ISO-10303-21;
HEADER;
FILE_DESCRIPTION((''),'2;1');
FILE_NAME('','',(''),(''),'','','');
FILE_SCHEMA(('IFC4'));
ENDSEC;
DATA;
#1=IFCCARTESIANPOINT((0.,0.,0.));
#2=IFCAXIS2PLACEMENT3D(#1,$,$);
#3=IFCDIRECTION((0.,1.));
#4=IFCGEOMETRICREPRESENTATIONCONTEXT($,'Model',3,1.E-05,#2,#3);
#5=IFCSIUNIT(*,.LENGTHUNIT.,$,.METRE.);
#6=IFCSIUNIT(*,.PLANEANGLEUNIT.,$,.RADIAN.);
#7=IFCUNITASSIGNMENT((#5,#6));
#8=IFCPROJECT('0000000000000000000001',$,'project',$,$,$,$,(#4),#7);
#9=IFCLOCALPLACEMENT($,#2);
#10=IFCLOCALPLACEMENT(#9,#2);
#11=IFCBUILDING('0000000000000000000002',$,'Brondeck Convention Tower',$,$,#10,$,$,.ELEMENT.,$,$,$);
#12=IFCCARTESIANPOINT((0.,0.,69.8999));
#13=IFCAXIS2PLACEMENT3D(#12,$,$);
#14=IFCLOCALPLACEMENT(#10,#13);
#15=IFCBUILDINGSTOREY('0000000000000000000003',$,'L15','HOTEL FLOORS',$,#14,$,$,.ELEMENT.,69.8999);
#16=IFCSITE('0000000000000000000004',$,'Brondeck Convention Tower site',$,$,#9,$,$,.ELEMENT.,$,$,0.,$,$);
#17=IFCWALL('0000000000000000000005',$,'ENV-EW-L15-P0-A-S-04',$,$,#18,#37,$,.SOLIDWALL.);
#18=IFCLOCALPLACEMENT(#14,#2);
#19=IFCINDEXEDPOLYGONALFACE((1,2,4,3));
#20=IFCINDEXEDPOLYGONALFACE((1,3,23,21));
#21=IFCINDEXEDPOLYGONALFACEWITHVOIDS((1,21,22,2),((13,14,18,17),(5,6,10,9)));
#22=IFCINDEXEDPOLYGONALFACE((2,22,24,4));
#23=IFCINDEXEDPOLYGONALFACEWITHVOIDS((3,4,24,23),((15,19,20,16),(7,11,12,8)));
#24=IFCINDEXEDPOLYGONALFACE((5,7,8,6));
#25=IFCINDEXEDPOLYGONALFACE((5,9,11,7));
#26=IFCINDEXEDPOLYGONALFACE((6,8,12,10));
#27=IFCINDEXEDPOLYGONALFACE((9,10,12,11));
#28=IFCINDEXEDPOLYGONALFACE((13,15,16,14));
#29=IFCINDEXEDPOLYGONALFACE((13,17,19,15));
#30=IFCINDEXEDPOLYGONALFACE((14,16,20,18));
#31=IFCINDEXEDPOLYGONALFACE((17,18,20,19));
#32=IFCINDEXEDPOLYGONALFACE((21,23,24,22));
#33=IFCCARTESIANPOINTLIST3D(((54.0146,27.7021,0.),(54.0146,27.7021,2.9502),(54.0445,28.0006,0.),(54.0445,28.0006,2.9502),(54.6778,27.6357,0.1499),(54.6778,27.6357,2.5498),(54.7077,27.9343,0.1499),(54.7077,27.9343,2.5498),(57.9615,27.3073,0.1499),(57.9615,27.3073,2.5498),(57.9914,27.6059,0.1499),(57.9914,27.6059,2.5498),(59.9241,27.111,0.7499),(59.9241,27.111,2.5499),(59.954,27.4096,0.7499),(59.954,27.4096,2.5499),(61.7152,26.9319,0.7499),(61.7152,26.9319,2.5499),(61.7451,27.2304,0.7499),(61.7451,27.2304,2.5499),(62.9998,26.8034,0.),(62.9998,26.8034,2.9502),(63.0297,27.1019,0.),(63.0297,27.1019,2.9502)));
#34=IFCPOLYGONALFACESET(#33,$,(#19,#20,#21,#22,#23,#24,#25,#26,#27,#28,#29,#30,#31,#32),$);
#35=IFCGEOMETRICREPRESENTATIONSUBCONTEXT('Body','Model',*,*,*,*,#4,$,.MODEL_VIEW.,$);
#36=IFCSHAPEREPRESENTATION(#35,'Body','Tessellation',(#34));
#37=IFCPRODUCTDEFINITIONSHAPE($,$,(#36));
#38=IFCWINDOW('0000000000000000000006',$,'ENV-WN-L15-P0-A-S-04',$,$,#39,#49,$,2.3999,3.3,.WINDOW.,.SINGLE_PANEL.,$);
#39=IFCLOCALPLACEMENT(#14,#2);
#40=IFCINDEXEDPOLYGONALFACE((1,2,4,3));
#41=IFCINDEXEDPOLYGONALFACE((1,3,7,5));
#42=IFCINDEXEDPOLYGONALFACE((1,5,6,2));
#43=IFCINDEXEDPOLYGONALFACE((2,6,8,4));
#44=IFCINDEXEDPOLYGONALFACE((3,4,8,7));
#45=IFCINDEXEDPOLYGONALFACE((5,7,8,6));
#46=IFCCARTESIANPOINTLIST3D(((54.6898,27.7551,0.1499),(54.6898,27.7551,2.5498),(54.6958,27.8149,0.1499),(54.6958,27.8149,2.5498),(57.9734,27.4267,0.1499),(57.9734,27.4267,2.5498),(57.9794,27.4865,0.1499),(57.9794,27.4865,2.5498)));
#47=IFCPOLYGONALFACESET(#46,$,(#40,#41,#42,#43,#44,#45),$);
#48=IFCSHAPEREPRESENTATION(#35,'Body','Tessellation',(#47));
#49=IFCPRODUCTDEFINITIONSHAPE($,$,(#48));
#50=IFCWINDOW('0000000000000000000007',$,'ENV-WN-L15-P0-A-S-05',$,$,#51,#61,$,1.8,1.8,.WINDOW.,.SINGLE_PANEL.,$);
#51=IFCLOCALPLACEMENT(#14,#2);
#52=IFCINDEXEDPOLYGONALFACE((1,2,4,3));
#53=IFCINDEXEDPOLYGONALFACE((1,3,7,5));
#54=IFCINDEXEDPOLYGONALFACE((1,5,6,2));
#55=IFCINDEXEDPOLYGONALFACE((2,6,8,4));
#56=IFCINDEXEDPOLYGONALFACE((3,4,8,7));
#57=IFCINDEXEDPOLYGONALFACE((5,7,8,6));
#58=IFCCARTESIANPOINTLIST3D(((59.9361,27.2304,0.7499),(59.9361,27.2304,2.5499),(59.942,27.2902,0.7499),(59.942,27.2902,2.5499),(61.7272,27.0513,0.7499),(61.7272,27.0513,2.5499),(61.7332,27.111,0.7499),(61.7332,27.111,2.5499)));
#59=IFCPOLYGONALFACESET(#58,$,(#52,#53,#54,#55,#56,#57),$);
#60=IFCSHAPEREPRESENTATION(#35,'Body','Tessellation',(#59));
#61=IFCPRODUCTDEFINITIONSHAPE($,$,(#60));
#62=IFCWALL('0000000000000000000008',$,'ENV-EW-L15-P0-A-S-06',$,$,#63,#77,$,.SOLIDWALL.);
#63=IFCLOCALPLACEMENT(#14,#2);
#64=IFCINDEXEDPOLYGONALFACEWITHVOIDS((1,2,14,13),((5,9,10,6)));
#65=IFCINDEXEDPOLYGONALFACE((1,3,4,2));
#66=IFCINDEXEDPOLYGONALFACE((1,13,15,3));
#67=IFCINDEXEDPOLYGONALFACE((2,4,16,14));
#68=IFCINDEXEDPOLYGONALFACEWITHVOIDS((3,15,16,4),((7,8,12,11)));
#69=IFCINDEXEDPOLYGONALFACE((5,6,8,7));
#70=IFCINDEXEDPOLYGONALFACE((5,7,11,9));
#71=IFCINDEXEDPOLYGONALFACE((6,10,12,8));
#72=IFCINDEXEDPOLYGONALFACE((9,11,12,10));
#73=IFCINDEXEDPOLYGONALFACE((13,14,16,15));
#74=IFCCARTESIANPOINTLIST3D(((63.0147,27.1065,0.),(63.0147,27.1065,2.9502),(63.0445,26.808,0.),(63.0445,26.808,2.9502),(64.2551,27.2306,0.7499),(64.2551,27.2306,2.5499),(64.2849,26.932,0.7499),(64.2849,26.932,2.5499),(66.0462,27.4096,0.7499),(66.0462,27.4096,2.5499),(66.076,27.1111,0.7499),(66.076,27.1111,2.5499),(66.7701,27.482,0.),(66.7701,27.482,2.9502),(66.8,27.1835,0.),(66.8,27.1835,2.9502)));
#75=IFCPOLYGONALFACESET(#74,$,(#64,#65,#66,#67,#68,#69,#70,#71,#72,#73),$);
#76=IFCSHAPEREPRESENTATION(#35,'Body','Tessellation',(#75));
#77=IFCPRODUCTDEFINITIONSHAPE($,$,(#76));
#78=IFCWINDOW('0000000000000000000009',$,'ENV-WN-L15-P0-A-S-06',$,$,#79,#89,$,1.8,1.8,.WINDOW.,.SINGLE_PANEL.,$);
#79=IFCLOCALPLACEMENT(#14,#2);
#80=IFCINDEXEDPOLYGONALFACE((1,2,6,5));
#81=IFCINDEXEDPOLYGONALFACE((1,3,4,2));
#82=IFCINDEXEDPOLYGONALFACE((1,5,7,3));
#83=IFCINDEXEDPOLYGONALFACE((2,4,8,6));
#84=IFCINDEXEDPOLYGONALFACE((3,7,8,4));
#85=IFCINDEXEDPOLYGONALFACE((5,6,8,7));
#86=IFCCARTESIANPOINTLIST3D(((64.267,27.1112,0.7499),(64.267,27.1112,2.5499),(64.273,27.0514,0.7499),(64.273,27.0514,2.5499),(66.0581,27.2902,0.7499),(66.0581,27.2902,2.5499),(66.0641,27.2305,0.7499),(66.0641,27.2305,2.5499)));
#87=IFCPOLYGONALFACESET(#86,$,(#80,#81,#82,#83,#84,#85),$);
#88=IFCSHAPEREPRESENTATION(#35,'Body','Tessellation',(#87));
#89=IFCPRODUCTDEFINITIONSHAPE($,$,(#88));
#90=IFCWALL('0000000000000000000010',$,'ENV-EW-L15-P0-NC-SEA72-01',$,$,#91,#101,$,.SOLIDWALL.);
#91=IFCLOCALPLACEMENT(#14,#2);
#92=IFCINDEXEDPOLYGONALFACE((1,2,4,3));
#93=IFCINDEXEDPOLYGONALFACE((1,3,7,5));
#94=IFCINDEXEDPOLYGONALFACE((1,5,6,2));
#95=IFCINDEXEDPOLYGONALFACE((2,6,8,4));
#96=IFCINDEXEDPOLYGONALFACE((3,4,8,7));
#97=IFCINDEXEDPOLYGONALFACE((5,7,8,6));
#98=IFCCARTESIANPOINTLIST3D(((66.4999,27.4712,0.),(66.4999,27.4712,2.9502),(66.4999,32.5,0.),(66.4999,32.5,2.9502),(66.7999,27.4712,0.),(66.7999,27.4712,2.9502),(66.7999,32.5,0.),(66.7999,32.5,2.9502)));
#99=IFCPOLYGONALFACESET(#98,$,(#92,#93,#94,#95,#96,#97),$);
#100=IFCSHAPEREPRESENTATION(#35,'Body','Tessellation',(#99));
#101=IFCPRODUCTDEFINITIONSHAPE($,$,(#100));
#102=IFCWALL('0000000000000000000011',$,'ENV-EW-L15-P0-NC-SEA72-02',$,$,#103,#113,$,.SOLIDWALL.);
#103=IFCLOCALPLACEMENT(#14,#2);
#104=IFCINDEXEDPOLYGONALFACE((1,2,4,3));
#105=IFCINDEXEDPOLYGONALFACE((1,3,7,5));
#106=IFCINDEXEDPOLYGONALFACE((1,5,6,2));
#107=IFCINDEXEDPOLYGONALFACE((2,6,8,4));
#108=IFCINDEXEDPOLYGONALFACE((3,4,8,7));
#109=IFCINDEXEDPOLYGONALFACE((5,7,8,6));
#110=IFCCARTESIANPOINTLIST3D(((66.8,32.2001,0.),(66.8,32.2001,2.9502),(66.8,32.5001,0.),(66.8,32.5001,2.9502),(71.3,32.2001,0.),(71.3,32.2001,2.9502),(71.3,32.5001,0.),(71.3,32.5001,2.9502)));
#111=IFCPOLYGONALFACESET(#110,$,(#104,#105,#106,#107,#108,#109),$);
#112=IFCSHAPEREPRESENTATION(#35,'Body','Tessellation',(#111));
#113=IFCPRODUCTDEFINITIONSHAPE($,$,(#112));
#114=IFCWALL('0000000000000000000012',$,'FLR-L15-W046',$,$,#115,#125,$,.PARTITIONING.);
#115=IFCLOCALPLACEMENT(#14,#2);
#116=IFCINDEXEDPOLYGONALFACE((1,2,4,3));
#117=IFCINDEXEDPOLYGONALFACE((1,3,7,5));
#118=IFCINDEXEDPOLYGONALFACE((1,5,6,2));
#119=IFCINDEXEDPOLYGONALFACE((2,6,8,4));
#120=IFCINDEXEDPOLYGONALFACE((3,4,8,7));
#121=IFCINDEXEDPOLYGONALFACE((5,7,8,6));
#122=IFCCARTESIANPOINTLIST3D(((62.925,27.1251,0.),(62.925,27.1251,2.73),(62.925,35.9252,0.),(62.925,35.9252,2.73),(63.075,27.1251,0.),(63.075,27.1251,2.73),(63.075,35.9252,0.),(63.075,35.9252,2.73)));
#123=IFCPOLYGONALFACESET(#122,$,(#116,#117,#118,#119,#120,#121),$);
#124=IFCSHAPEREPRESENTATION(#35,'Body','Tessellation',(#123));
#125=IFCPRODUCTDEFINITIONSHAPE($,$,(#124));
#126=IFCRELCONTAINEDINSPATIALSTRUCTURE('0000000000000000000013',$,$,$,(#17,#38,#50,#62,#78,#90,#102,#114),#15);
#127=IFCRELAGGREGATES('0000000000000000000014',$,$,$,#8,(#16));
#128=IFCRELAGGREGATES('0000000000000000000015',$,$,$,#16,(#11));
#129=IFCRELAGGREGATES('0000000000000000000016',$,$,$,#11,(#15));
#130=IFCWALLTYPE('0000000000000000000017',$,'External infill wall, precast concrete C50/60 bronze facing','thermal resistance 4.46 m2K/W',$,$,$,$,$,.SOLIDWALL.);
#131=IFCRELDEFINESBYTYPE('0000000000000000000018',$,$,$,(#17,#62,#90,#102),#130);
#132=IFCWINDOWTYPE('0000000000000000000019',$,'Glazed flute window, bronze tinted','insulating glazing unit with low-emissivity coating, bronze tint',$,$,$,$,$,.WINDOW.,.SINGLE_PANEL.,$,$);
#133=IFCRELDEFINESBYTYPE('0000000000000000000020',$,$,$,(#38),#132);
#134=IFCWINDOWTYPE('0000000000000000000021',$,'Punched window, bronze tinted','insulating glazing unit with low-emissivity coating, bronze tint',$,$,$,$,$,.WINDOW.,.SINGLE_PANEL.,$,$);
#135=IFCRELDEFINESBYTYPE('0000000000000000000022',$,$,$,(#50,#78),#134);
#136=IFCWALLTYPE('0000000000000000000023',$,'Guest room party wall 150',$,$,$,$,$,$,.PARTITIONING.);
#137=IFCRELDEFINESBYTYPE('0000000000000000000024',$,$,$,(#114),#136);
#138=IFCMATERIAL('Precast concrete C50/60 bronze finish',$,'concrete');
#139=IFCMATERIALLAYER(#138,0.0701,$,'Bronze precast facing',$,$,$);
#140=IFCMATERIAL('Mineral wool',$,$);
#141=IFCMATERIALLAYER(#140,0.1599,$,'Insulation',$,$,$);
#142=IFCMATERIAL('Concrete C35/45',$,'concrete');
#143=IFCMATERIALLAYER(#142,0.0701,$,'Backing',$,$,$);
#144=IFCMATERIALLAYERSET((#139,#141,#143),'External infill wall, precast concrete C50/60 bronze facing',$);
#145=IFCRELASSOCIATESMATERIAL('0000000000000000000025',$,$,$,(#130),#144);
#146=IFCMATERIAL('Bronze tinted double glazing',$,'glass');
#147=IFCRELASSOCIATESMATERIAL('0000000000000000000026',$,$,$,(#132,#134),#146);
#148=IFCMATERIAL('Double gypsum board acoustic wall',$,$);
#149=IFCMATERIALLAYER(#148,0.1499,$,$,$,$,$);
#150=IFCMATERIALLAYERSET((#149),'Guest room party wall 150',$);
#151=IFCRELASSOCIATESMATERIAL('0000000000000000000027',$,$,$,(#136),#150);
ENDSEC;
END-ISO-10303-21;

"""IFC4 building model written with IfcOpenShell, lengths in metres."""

from ifc_helpers import new_model, si_unit, direction, frame, frame_2d, origin, place, context, subcontext, project, spatial, rectangle, extrude, material, layer, layer_set, type_object, element, fill, save


model = new_model("IFC4")

# Units and contexts
model_context = context("Model", 3, precision=1e-05, world=origin(), true_north=direction((0.0, 1.0)))
body_context = subcontext(model_context, "Body", "Model", "MODEL_VIEW")
ifc_project = project(units=[si_unit("LENGTHUNIT", "METRE"), si_unit("PLANEANGLEUNIT", "RADIAN")], contexts=[model_context])

# Site, building, storey
site_placement = place(None, origin())
site = spatial("IfcSite", under=ifc_project, at=site_placement, Name="Brondeck Convention Tower site", CompositionType="ELEMENT", RefElevation=0.0)
building_placement = place(site_placement, origin())
building = spatial("IfcBuilding", under=site, at=building_placement, Name="Brondeck Convention Tower", CompositionType="ELEMENT")
storey_placement = place(building_placement, frame((0.0, 0.0, 69.8999)))
storey = spatial("IfcBuildingStorey", under=building, at=storey_placement, Name="L15", Description="HOTEL FLOORS", CompositionType="ELEMENT", Elevation=69.8999)

# Wall, openings, windows
ifc_material_1 = material(Name="Precast concrete C50/60 bronze finish", Category="concrete")
ifc_layer_1 = layer(ifc_material_1, 0.0701, Name="Bronze precast facing")
ifc_material_2 = material(Name="Mineral wool")
ifc_layer_2 = layer(ifc_material_2, 0.1599, Name="Insulation")
ifc_material_3 = material(Name="Concrete C35/45", Category="concrete")
ifc_layer_3 = layer(ifc_material_3, 0.0701, Name="Backing")
ifc_layer_set_1 = layer_set([ifc_layer_1, ifc_layer_2, ifc_layer_3], Name="External infill wall, precast concrete C50/60 bronze facing")
wall_type_1 = type_object("IfcWallType", Name="External infill wall, precast concrete C50/60 bronze facing", Description="thermal resistance 4.46 m2K/W", PredefinedType="SOLIDWALL", material=ifc_layer_set_1)
wall_1_placement = place(storey_placement, frame((63.0149, 26.9526, 0.0), z_axis=(0.0, 0.0, 1.0), x_axis=(-0.995035, 0.099522, 0.0)))
wall_1 = element("IfcWall", 1, at=wall_1_placement, inside=storey, type_object=wall_type_1, Name="ENV-EW-L15-P0-A-S-04", PredefinedType="SOLIDWALL", context=body_context, shape_type="SweptSolid", body=[
    extrude(rectangle(XDim=9.03, YDim=0.3, at=frame_2d((4.5151, 0.0))), origin(), (0.0, 0.0, 1.0), 2.9502),
])
opening_1_placement = place(wall_1_placement, frame((1.2913, 0.0, 0.75)))
opening_1 = element("IfcOpeningElement", 2, at=opening_1_placement, cuts=wall_1, PredefinedType="OPENING", context=body_context, shape_type="SweptSolid", body=[
    extrude(rectangle(XDim=1.8, YDim=1.8, at=frame_2d((0.8999, 0.8999))), frame((0.0, 0.1599, 0.0), z_axis=(0.0, -1.0, 0.0), x_axis=(1.0, 0.0, 0.0)), (0.0, 0.0, 1.0), 0.3201),
])
opening_2_placement = place(wall_1_placement, frame((5.0637, 0.0, 0.1499)))
opening_2 = element("IfcOpeningElement", 3, at=opening_2_placement, cuts=wall_1, PredefinedType="OPENING", context=body_context, shape_type="SweptSolid", body=[
    extrude(rectangle(XDim=3.3, YDim=2.3999, at=frame_2d((1.6499, 1.2))), frame((0.0, 0.1599, 0.0), z_axis=(0.0, -1.0, 0.0), x_axis=(1.0, 0.0, 0.0)), (0.0, 0.0, 1.0), 0.3201),
])
ifc_material_4 = material(Name="Bronze tinted double glazing", Category="glass")
window_type_1 = type_object("IfcWindowType", Name="Glazed flute window, bronze tinted", Description="insulating glazing unit with low-emissivity coating, bronze tint", PartitioningType="SINGLE_PANEL", PredefinedType="WINDOW", material=ifc_material_4)
window_1_placement = place(opening_2_placement, origin())
window_1 = element("IfcWindow", 4, at=window_1_placement, inside=storey, type_object=window_type_1, Name="ENV-WN-L15-P0-A-S-04", OverallHeight=2.3999, OverallWidth=3.3, PartitioningType="SINGLE_PANEL", PredefinedType="WINDOW", context=body_context, shape_type="SweptSolid", body=[
    extrude(rectangle(XDim=3.3, YDim=2.3999, at=frame_2d((1.6499, 1.2))), frame((0.0, 0.03, 0.0), z_axis=(0.0, -1.0, 0.0), x_axis=(1.0, 0.0, 0.0)), (0.0, 0.0, 1.0), 0.0601),
])
fill(opening_2, window_1)
window_type_2 = type_object("IfcWindowType", Name="Punched window, bronze tinted", Description="insulating glazing unit with low-emissivity coating, bronze tint", PartitioningType="SINGLE_PANEL", PredefinedType="WINDOW", material=ifc_material_4)
window_2_placement = place(opening_1_placement, origin())
window_2 = element("IfcWindow", 5, at=window_2_placement, inside=storey, type_object=window_type_2, Name="ENV-WN-L15-P0-A-S-05", OverallHeight=1.8, OverallWidth=1.8, PartitioningType="SINGLE_PANEL", PredefinedType="WINDOW", context=body_context, shape_type="SweptSolid", body=[
    extrude(rectangle(XDim=1.8, YDim=1.8, at=frame_2d((0.8999, 0.8999))), frame((0.0, 0.03, 0.0), z_axis=(0.0, -1.0, 0.0), x_axis=(1.0, 0.0, 0.0)), (0.0, 0.0, 1.0), 0.0601),
])
fill(opening_1, window_2)

# Wall, opening, window
wall_2_placement = place(storey_placement, frame((66.7852, 27.3328, 0.0), z_axis=(0.0, 0.0, 1.0), x_axis=(-0.995038, -0.099491, 0.0)))
wall_2 = element("IfcWall", 6, at=wall_2_placement, inside=storey, type_object=wall_type_1, Name="ENV-EW-L15-P0-A-S-06", PredefinedType="SOLIDWALL", context=body_context, shape_type="SweptSolid", body=[
    extrude(rectangle(XDim=3.7742, YDim=0.3, at=frame_2d((1.8872, 0.0))), origin(), (0.0, 0.0, 1.0), 2.9502),
])
opening_3_placement = place(wall_2_placement, frame((0.7278, 0.0, 0.75)))
opening_3 = element("IfcOpeningElement", 7, at=opening_3_placement, cuts=wall_2, PredefinedType="OPENING", context=body_context, shape_type="SweptSolid", body=[
    extrude(rectangle(XDim=1.8, YDim=1.8, at=frame_2d((0.8999, 0.8999))), frame((0.0, 0.1599, 0.0), z_axis=(0.0, -1.0, 0.0), x_axis=(1.0, 0.0, 0.0)), (0.0, 0.0, 1.0), 0.3201),
])
window_3_placement = place(opening_3_placement, origin())
window_3 = element("IfcWindow", 8, at=window_3_placement, inside=storey, type_object=window_type_2, Name="ENV-WN-L15-P0-A-S-06", OverallHeight=1.8, OverallWidth=1.8, PartitioningType="SINGLE_PANEL", PredefinedType="WINDOW", context=body_context, shape_type="SweptSolid", body=[
    extrude(rectangle(XDim=1.8, YDim=1.8, at=frame_2d((0.8999, 0.8999))), frame((0.0, 0.03, 0.0), z_axis=(0.0, -1.0, 0.0), x_axis=(1.0, 0.0, 0.0)), (0.0, 0.0, 1.0), 0.0601),
])
fill(opening_3, window_3)

# Walls
wall_3_placement = place(storey_placement, frame((66.6499, 32.5, 0.0), z_axis=(0.0, 0.0, 1.0), x_axis=(0.0, -1.0, 0.0)))
element("IfcWall", 9, at=wall_3_placement, inside=storey, type_object=wall_type_1, Name="ENV-EW-L15-P0-NC-SEA72-01", PredefinedType="SOLIDWALL", context=body_context, shape_type="SweptSolid", body=[
    extrude(rectangle(XDim=5.0288, YDim=0.3, at=frame_2d((2.5144, 0.0))), origin(), (0.0, 0.0, 1.0), 2.9502),
])
wall_4_placement = place(storey_placement, frame((71.3, 32.3501, 0.0), z_axis=(0.0, 0.0, 1.0), x_axis=(-1.0, 0.0, 0.0)))
element("IfcWall", 10, at=wall_4_placement, inside=storey, type_object=wall_type_1, Name="ENV-EW-L15-P0-NC-SEA72-02", PredefinedType="SOLIDWALL", context=body_context, shape_type="SweptSolid", body=[
    extrude(rectangle(XDim=4.5, YDim=0.3, at=frame_2d((2.25, 0.0))), origin(), (0.0, 0.0, 1.0), 2.9502),
])
ifc_material_5 = material(Name="Double gypsum board acoustic wall")
ifc_layer_4 = layer(ifc_material_5, 0.1499)
ifc_layer_set_2 = layer_set([ifc_layer_4], Name="Guest room party wall 150")
wall_type_2 = type_object("IfcWallType", Name="Guest room party wall 150", PredefinedType="PARTITIONING", material=ifc_layer_set_2)
wall_5_placement = place(storey_placement, frame((63.0, 35.925, 0.0), z_axis=(0.0, 0.0, 1.0), x_axis=(0.0, -1.0, 0.0)))
element("IfcWall", 11, at=wall_5_placement, inside=storey, type_object=wall_type_2, Name="FLR-L15-W046", PredefinedType="PARTITIONING", context=body_context, shape_type="SweptSolid", body=[
    extrude(rectangle(XDim=8.8, YDim=0.1499, at=frame_2d((4.3999, 0.0))), origin(), (0.0, 0.0, 1.0), 2.73),
])

save(model, "model.ifc")
